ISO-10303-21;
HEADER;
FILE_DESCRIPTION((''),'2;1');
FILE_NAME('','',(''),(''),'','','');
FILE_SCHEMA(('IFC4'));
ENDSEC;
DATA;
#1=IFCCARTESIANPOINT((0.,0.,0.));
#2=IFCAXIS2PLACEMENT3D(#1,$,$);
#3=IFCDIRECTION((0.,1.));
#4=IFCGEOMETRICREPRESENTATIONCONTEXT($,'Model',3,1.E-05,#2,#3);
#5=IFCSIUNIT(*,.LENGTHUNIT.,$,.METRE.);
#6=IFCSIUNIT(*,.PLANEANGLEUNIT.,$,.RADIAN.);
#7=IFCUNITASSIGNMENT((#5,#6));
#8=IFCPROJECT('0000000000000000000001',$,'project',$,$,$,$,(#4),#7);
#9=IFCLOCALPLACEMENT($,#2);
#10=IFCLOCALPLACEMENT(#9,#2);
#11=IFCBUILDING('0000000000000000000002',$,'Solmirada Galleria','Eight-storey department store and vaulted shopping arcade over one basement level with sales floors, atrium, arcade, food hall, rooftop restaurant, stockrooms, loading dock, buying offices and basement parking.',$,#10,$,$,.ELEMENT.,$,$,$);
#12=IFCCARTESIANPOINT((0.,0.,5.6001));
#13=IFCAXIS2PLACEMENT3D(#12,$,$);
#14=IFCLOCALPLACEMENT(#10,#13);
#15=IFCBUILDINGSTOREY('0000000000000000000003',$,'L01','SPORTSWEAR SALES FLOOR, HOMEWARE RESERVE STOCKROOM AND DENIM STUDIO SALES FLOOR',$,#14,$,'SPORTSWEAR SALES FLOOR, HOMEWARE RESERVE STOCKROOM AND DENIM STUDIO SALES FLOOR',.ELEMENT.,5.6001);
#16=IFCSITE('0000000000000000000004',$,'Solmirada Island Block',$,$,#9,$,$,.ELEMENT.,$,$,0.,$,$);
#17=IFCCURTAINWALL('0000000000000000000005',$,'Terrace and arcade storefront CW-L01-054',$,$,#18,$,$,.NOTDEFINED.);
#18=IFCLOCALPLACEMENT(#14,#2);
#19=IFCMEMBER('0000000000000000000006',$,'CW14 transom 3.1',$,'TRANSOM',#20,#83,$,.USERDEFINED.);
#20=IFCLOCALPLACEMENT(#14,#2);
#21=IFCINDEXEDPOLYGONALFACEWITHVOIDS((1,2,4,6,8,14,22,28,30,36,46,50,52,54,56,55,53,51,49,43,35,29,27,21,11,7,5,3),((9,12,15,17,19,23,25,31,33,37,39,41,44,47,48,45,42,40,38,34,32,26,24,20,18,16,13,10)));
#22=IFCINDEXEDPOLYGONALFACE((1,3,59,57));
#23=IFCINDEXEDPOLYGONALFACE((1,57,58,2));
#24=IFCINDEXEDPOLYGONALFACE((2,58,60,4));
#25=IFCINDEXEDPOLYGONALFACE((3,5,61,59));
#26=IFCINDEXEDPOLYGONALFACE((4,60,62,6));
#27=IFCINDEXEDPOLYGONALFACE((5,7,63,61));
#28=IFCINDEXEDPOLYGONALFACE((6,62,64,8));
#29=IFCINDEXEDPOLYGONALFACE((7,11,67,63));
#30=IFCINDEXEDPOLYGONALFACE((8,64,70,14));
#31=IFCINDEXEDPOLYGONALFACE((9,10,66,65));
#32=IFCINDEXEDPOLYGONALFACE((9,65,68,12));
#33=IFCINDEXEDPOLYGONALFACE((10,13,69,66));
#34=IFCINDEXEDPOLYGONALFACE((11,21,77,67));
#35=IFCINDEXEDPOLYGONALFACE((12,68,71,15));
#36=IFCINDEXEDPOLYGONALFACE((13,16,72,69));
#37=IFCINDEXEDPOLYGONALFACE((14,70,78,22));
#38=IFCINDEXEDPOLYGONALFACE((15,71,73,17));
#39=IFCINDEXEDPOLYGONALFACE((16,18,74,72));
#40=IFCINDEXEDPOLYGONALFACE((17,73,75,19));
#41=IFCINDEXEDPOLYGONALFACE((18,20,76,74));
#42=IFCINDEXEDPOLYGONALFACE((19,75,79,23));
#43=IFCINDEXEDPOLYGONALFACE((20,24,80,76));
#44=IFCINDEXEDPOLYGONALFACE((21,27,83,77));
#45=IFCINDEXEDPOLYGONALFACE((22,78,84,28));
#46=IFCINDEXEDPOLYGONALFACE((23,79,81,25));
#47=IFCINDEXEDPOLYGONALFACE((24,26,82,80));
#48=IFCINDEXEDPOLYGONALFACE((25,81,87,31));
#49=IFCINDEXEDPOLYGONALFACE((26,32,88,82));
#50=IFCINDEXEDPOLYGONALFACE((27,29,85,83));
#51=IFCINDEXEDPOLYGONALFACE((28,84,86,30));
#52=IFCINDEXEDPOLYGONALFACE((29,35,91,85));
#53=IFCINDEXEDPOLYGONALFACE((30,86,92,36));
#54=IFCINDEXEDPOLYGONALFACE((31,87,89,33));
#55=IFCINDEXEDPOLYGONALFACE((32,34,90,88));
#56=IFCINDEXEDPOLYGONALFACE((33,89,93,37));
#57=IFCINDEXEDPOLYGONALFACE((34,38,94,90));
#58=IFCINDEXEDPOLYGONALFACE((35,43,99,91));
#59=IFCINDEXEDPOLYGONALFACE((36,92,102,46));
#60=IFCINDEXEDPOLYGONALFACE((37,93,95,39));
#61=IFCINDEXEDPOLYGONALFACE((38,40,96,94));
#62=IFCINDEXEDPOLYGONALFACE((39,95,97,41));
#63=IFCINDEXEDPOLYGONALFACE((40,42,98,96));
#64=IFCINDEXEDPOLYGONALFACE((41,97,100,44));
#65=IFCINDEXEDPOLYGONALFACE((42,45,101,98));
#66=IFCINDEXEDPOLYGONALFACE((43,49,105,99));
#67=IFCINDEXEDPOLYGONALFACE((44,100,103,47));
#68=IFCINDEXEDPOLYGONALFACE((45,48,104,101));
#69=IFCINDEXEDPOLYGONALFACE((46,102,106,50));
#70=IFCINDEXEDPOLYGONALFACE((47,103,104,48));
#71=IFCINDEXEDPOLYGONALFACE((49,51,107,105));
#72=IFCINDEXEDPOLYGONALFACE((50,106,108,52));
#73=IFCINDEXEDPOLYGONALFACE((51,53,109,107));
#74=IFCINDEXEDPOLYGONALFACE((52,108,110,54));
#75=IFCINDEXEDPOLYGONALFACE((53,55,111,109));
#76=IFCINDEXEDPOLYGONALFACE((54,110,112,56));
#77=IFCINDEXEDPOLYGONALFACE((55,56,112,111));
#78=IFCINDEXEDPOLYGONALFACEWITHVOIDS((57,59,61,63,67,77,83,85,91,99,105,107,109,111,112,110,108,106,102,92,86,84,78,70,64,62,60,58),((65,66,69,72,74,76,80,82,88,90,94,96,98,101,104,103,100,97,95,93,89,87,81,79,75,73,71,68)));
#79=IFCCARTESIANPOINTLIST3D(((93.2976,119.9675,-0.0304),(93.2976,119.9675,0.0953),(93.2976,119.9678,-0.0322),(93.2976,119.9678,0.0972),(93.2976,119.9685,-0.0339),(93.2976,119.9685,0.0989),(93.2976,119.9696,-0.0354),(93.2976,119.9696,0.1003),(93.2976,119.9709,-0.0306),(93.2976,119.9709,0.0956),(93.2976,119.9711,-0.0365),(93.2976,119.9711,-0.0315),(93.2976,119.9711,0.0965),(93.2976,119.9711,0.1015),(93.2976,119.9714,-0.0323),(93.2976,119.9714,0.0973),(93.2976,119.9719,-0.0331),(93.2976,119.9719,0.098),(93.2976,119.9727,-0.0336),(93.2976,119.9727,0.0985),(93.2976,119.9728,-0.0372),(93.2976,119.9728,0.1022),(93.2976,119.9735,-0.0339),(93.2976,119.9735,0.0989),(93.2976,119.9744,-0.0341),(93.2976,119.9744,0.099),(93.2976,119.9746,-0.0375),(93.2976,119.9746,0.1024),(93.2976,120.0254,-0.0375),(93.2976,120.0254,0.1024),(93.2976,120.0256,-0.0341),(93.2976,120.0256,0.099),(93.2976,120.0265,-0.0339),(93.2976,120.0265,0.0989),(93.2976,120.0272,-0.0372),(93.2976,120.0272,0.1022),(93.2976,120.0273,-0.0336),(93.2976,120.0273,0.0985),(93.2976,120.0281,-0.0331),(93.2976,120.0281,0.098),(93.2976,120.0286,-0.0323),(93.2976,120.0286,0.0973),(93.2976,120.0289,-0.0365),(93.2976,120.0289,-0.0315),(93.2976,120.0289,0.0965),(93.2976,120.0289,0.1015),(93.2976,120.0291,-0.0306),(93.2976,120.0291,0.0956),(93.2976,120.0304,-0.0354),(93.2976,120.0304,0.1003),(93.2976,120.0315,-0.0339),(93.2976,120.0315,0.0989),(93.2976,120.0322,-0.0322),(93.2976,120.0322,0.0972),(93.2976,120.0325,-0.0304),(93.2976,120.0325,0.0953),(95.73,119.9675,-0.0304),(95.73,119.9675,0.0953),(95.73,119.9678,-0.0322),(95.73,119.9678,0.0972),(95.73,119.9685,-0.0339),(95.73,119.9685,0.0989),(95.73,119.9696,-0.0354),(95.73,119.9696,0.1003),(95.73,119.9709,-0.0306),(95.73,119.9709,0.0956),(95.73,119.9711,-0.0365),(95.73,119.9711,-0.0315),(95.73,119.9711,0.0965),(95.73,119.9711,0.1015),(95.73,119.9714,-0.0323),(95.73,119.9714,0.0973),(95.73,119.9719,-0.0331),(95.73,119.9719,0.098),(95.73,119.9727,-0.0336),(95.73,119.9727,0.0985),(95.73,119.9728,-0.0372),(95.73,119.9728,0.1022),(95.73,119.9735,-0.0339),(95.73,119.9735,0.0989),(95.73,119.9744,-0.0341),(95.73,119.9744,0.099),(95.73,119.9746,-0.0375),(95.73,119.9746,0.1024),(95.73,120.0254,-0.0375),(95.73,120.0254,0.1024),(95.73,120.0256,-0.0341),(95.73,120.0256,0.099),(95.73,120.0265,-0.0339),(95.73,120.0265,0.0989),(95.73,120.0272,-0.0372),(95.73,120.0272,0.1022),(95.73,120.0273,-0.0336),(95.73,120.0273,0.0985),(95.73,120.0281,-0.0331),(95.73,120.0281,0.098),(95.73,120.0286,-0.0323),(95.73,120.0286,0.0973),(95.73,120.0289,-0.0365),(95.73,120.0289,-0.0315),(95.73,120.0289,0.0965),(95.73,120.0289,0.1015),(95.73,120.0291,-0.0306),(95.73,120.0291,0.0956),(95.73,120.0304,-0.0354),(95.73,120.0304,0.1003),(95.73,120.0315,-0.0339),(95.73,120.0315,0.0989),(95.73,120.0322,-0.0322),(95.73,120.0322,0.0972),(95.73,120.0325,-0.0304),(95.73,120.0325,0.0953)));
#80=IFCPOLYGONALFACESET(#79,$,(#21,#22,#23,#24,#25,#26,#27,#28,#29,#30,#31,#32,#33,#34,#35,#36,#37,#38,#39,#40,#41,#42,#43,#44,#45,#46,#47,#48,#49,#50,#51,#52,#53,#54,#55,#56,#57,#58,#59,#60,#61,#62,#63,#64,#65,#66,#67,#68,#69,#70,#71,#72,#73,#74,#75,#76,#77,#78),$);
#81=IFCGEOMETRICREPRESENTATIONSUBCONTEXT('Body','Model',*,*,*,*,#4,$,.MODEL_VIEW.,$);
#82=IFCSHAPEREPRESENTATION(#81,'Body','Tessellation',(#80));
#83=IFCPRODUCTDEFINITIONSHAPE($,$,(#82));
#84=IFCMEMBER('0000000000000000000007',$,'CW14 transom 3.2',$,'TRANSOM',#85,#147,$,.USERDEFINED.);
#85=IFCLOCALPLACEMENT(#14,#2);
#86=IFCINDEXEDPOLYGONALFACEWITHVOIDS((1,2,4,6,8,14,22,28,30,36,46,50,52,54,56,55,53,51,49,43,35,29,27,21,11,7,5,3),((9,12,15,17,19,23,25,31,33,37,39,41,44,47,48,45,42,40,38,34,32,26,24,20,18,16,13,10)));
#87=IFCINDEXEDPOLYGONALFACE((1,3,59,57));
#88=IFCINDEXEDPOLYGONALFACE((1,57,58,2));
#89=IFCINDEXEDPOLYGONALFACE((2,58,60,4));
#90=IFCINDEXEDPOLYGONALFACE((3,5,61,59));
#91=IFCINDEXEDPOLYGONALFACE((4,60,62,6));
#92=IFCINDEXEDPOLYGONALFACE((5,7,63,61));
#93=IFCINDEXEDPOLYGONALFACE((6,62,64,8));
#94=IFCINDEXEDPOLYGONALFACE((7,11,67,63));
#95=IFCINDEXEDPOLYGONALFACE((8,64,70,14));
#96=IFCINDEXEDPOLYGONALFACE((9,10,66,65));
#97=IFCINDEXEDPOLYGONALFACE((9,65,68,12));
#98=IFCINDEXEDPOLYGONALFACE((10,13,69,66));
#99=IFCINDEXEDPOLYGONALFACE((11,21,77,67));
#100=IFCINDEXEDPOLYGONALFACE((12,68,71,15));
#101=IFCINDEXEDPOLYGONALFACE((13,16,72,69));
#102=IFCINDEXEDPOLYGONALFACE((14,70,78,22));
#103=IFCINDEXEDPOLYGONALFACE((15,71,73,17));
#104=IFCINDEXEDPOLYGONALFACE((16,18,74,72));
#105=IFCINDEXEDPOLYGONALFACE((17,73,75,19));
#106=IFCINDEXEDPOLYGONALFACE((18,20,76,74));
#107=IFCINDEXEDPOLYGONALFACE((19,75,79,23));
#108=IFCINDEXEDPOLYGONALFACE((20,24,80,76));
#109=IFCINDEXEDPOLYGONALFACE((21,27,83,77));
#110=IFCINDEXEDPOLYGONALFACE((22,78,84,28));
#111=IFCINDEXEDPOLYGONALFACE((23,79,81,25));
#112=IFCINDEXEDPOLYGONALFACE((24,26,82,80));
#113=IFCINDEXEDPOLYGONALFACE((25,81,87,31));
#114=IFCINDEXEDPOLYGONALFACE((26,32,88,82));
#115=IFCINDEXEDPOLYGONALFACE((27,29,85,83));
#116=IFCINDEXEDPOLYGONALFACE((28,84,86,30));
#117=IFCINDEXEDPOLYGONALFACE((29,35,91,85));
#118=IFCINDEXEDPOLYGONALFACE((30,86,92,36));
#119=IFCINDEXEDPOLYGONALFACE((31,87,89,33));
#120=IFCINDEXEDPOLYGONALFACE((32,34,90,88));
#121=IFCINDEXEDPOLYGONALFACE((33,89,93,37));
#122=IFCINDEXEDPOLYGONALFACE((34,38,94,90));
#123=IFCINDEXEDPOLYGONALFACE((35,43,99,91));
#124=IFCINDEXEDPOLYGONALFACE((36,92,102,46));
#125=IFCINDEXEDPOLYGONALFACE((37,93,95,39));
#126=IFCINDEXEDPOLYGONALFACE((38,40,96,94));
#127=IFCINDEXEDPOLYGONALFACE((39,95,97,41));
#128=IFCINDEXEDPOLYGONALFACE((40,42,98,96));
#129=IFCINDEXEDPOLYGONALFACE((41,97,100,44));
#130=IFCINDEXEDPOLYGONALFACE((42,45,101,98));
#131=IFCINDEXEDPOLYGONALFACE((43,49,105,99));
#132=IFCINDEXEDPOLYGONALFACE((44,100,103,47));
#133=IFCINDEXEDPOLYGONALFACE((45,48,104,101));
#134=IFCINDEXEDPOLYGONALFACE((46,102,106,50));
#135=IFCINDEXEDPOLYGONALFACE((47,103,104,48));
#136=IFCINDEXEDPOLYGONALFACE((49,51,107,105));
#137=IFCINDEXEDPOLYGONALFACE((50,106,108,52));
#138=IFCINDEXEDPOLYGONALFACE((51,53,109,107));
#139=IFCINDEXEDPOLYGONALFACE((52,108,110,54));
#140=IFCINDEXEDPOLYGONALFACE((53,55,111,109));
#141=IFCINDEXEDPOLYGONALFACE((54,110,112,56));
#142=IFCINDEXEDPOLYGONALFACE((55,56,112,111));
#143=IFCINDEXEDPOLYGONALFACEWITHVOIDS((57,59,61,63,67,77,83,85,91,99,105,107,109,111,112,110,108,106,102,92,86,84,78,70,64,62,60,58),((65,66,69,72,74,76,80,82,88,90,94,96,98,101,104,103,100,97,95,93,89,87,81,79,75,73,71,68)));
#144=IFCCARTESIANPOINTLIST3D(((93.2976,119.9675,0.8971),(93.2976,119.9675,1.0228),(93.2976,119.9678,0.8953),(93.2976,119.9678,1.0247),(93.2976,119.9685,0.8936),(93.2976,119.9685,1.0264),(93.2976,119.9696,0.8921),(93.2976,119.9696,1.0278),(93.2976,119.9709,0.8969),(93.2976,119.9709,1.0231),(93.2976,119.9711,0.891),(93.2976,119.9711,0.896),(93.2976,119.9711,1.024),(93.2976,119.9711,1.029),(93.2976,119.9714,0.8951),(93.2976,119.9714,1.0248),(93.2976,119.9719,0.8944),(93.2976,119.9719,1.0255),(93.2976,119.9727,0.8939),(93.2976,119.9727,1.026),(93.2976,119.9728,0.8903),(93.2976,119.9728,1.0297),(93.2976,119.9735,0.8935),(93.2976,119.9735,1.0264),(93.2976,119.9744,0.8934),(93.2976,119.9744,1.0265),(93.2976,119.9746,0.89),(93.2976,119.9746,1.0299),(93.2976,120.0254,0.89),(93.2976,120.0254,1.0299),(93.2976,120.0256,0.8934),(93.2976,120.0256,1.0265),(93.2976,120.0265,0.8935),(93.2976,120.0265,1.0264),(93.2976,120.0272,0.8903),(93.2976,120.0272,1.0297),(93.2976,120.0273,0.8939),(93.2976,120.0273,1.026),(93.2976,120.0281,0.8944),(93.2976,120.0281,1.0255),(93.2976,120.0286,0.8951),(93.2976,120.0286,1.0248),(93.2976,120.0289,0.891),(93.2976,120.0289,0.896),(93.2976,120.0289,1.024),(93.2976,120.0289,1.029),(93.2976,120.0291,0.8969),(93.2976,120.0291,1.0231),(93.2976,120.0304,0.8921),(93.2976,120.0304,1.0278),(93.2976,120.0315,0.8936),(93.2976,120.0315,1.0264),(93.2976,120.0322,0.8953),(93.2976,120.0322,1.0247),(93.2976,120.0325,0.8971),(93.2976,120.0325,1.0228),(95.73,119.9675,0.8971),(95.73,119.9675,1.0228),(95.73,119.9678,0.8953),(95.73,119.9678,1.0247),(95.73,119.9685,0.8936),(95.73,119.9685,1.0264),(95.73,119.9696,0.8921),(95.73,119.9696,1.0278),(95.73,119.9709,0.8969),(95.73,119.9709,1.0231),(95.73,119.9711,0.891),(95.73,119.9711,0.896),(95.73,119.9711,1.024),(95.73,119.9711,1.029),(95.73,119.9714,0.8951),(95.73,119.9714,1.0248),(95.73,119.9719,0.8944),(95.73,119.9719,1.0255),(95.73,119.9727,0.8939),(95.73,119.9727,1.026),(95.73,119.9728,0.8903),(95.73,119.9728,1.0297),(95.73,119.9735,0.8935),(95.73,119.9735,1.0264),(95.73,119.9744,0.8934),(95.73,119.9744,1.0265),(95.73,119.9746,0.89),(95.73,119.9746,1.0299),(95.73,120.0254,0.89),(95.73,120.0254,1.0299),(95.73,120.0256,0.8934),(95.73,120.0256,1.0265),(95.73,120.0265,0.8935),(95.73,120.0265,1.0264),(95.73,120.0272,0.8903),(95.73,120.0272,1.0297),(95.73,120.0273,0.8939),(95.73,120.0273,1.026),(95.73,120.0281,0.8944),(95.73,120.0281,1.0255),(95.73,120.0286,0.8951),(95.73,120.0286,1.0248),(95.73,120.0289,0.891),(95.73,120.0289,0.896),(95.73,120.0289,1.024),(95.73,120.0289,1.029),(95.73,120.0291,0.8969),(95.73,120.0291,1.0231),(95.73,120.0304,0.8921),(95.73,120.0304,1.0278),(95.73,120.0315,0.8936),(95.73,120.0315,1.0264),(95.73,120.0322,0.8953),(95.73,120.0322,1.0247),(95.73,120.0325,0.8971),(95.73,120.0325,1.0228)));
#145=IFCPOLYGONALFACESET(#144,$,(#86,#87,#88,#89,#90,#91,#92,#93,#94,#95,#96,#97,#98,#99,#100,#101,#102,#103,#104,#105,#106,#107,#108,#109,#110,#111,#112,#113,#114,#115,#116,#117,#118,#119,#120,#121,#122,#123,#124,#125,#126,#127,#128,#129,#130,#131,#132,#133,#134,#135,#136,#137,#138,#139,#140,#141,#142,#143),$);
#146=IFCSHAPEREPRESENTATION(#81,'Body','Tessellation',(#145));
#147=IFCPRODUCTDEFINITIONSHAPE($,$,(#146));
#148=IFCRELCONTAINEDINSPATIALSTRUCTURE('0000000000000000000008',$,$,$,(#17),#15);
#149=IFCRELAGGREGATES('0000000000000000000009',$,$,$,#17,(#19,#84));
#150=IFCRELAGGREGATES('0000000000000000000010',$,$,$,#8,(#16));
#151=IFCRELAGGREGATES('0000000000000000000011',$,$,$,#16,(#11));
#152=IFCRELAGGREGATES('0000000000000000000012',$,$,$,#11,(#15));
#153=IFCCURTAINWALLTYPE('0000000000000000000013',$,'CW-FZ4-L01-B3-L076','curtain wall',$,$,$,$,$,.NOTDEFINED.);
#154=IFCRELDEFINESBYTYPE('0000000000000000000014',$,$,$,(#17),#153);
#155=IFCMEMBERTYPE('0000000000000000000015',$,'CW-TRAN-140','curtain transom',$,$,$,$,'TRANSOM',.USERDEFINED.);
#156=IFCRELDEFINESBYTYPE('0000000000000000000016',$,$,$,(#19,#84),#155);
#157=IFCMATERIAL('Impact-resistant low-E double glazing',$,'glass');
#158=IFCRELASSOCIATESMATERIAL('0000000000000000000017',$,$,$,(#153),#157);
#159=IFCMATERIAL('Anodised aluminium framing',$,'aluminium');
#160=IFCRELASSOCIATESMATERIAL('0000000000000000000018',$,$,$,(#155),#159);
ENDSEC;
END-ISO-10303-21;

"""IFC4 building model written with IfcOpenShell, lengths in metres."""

from ifc_helpers import new_model, si_unit, direction, frame, origin, origin_2d, place, context, subcontext, project, spatial, hollow_rectangle, extrude, material, material_profile, profile_set, type_object, element, aggregate, save


model = new_model("IFC4")

# Units and contexts
model_context = context("Model", 3, precision=1e-05, world=origin(), true_north=direction((0.0, 1.0)))
body_context = subcontext(model_context, "Body", "Model", "MODEL_VIEW")
ifc_project = project(units=[si_unit("LENGTHUNIT", "METRE"), si_unit("PLANEANGLEUNIT", "RADIAN")], contexts=[model_context])

# Site, building, storey
site_placement = place(None, origin())
site = spatial("IfcSite", under=ifc_project, at=site_placement, Name="Solmirada Island Block", CompositionType="ELEMENT", RefElevation=0.0)
building_placement = place(site_placement, origin())
building = spatial("IfcBuilding", under=site, at=building_placement, Name="Solmirada Galleria", Description="Eight-storey department store and vaulted shopping arcade over one basement level with sales floors, atrium, arcade, food hall, rooftop restaurant, stockrooms, loading dock, buying offices and basement parking.", CompositionType="ELEMENT")
storey_placement = place(building_placement, frame((0.0, 0.0, 5.6001)))
storey = spatial("IfcBuildingStorey", under=building, at=storey_placement, Name="L01", Description="SPORTSWEAR SALES FLOOR, HOMEWARE RESERVE STOCKROOM AND DENIM STUDIO SALES FLOOR", LongName="SPORTSWEAR SALES FLOOR, HOMEWARE RESERVE STOCKROOM AND DENIM STUDIO SALES FLOOR", CompositionType="ELEMENT", Elevation=5.6001)

# Shared definitions
ifc_material_1 = material(Name="Impact-resistant low-E double glazing", Category="glass")
curtain_wall_type = type_object("IfcCurtainWallType", Name="CW-FZ4-L01-B3-L076", Description="curtain wall", PredefinedType="NOTDEFINED", material=ifc_material_1)
ifc_material_2 = material(Name="Anodised aluminium framing", Category="aluminium")

# Curtain wall, members
curtain_wall_1_placement = place(storey_placement, origin())
curtain_wall_1 = element("IfcCurtainWall", 1, at=curtain_wall_1_placement, inside=storey, type_object=curtain_wall_type, Name="Terrace and arcade storefront CW-L01-054", PredefinedType="NOTDEFINED")
ifc_material_profile_1 = material_profile(ifc_material_2, hollow_rectangle(XDim=0.0649, YDim=0.1399, WallThickness=0.0034, InnerFilletRadius=0.0034, OuterFilletRadius=0.0071, at=origin_2d()), Name="ALU-TRAN-140X65")
ifc_profile_set_1 = profile_set([ifc_material_profile_1], Name="Anodised aluminium framing")
member_type_1 = type_object("IfcMemberType", Name="CW-TRAN-140", Description="curtain transom", ElementType="TRANSOM", PredefinedType="USERDEFINED", material=ifc_profile_set_1)
member_1_placement = place(storey_placement, frame((93.2976, 120.0, 0.0325), z_axis=(1.0, 0.0, 0.0), x_axis=(0.0, 1.0, 0.0)))
member_1 = element("IfcMember", 2, at=member_1_placement, type_object=member_type_1, Name="CW14 transom 3.1", ObjectType="TRANSOM", PredefinedType="USERDEFINED", context=body_context, shape_type="SweptSolid", body=[
    extrude(hollow_rectangle(XDim=0.0649, YDim=0.1399, WallThickness=0.0034, InnerFilletRadius=0.0034, OuterFilletRadius=0.0071, at=origin_2d()), origin(), (0.0, 0.0, 1.0), 2.4324),
])
member_2_placement = place(storey_placement, frame((93.2976, 120.0, 0.96), z_axis=(1.0, 0.0, 0.0), x_axis=(0.0, 1.0, 0.0)))
member_2 = element("IfcMember", 3, at=member_2_placement, type_object=member_type_1, Name="CW14 transom 3.2", ObjectType="TRANSOM", PredefinedType="USERDEFINED", context=body_context, shape_type="SweptSolid", body=[
    extrude(hollow_rectangle(XDim=0.0649, YDim=0.1399, WallThickness=0.0034, InnerFilletRadius=0.0034, OuterFilletRadius=0.0071, at=origin_2d()), origin(), (0.0, 0.0, 1.0), 2.4324),
])
aggregate(curtain_wall_1, [member_1, member_2])

save(model, "model.ifc")
